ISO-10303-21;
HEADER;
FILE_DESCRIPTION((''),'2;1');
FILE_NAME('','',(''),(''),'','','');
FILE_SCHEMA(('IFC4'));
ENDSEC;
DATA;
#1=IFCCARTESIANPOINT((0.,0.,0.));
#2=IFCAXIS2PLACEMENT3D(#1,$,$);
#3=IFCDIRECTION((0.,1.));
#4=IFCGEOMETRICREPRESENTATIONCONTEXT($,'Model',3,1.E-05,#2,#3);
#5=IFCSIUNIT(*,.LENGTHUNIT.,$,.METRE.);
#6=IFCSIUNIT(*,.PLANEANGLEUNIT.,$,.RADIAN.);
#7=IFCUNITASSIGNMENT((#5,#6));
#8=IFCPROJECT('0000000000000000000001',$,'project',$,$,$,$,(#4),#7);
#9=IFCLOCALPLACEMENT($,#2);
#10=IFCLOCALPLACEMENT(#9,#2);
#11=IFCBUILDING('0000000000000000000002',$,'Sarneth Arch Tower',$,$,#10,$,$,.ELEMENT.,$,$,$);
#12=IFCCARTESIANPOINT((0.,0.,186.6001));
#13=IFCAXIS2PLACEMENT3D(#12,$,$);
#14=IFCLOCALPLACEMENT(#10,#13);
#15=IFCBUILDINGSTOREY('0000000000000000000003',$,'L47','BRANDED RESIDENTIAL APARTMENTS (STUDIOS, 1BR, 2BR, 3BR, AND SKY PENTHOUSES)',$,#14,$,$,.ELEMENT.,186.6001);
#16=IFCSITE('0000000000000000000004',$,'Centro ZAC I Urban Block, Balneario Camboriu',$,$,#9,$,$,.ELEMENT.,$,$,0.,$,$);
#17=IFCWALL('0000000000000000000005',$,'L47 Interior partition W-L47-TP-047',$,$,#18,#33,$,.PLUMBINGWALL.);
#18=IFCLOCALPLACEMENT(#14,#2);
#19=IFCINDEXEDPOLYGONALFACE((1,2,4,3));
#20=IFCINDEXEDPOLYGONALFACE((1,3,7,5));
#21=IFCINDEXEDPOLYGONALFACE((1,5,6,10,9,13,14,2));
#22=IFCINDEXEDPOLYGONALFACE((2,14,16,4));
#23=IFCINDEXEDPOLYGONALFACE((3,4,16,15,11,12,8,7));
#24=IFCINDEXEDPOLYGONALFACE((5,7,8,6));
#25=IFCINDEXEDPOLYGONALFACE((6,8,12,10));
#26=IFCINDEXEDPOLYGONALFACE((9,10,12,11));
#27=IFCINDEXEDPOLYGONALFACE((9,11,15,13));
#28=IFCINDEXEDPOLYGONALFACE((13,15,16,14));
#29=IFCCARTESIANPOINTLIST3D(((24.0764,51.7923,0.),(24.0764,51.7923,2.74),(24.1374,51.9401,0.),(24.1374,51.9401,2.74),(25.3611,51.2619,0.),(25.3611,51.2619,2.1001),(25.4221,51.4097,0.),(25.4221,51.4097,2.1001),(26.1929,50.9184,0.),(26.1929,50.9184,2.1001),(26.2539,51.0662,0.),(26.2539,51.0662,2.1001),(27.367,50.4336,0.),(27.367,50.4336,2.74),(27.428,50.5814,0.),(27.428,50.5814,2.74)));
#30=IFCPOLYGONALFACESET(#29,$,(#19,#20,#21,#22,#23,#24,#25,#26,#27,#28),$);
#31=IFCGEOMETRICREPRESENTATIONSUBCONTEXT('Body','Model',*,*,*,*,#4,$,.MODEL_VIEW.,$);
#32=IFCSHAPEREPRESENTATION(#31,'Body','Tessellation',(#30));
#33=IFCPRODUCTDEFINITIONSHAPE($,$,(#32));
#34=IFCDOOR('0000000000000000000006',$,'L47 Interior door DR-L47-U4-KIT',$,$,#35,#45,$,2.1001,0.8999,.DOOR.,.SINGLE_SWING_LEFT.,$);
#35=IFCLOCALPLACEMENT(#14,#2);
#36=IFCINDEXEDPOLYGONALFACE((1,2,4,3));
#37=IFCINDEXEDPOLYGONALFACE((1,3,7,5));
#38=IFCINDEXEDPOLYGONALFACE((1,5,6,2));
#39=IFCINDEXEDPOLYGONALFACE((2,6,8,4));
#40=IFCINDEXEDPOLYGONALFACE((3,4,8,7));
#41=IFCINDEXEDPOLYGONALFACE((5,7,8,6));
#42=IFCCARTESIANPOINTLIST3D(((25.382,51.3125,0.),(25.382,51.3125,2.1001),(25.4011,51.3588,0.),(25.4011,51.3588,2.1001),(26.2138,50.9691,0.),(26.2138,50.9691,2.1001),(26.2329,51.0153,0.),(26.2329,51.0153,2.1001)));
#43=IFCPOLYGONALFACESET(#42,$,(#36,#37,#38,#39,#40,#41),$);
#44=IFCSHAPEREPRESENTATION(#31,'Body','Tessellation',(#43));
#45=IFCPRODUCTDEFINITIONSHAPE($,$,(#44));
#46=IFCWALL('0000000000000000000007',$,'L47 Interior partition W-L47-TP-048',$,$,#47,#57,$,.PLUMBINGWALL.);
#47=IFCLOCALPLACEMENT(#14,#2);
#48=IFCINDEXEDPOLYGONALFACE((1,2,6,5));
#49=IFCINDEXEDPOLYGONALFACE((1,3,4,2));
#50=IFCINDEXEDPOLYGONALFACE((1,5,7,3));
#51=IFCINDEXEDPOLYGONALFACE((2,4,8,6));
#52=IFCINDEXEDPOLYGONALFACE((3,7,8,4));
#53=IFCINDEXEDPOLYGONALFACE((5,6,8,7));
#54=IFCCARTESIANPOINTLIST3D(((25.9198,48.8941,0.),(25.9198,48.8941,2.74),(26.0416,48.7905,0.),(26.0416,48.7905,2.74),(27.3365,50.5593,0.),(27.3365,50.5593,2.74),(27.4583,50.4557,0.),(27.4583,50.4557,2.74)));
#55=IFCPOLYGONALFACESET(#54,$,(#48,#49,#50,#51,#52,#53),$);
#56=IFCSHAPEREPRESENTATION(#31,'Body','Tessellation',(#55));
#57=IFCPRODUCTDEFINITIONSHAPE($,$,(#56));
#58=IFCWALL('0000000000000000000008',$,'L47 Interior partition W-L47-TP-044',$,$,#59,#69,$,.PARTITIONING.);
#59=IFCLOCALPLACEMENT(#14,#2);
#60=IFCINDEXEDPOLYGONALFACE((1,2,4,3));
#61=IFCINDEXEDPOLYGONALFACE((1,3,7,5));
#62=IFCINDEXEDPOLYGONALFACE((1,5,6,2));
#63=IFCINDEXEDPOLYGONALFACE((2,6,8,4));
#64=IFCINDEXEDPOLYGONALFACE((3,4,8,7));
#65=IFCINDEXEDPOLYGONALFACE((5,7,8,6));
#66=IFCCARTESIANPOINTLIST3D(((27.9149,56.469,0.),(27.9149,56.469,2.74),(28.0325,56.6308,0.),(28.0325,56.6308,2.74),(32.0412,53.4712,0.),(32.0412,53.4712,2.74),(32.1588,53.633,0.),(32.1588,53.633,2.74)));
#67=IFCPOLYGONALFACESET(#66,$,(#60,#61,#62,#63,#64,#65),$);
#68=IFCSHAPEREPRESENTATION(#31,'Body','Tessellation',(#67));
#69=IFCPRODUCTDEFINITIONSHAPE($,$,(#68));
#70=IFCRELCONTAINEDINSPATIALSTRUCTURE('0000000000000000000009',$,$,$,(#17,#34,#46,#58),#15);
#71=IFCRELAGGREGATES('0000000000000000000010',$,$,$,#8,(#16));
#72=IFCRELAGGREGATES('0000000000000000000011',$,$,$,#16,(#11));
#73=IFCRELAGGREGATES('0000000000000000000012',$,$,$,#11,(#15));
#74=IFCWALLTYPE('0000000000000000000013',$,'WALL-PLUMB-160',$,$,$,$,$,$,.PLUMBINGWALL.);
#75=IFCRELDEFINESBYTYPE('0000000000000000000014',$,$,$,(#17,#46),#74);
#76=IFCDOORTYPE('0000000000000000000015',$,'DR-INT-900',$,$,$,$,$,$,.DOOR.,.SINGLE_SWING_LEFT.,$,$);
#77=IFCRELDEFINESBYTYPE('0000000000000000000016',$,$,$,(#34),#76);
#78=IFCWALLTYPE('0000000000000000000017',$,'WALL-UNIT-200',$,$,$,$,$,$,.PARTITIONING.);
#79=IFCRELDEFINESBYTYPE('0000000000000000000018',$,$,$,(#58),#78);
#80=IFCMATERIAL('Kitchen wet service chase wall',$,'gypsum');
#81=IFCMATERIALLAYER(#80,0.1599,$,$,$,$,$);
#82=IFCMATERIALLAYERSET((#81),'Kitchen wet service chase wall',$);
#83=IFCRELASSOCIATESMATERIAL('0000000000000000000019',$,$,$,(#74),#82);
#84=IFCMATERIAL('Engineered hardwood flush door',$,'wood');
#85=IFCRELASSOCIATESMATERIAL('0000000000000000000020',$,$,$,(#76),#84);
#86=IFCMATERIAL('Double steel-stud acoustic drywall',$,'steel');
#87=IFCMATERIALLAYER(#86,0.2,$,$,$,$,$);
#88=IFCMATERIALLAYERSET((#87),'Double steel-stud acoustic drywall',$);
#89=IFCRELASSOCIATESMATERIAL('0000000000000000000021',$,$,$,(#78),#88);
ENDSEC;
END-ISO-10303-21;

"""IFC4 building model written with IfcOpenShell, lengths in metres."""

from ifc_helpers import new_model, si_unit, direction, frame, frame_2d, origin, place, context, subcontext, project, spatial, rectangle, extrude, material, layer, layer_set, type_object, element, fill, save


model = new_model("IFC4")

# Units and contexts
model_context = context("Model", 3, precision=1e-05, world=origin(), true_north=direction((0.0, 1.0)))
body_context = subcontext(model_context, "Body", "Model", "MODEL_VIEW")
ifc_project = project(units=[si_unit("LENGTHUNIT", "METRE"), si_unit("PLANEANGLEUNIT", "RADIAN")], contexts=[model_context])

# Site, building, storey
site_placement = place(None, origin())
site = spatial("IfcSite", under=ifc_project, at=site_placement, Name="Centro ZAC I Urban Block, Balneario Camboriu", CompositionType="ELEMENT", RefElevation=0.0)
building_placement = place(site_placement, origin())
building = spatial("IfcBuilding", under=site, at=building_placement, Name="Sarneth Arch Tower", CompositionType="ELEMENT")
storey_placement = place(building_placement, frame((0.0, 0.0, 186.6001)))
storey = spatial("IfcBuildingStorey", under=building, at=storey_placement, Name="L47", Description="BRANDED RESIDENTIAL APARTMENTS (STUDIOS, 1BR, 2BR, 3BR, AND SKY PENTHOUSES)", CompositionType="ELEMENT", Elevation=186.6001)

# Wall, opening, door
ifc_material_1 = material(Name="Kitchen wet service chase wall", Category="gypsum")
ifc_layer_1 = layer(ifc_material_1, 0.1599)
ifc_layer_set_1 = layer_set([ifc_layer_1], Name="Kitchen wet service chase wall")
wall_type_1 = type_object("IfcWallType", Name="WALL-PLUMB-160", PredefinedType="PLUMBINGWALL", material=ifc_layer_set_1)
wall_1_placement = place(storey_placement, frame((24.1069, 51.8662, 0.0), z_axis=(0.0, 0.0, 1.0), x_axis=(0.92431, -0.381643, 0.0)))
wall_1 = element("IfcWall", 1, at=wall_1_placement, inside=storey, type_object=wall_type_1, Name="L47 Interior partition W-L47-TP-047", PredefinedType="PLUMBINGWALL", context=body_context, shape_type="SweptSolid", body=[
    extrude(rectangle(XDim=3.5601, YDim=0.1599, at=frame_2d((1.78, 0.0))), origin(), (0.0, 0.0, 1.0), 2.74),
])
opening_1_placement = place(wall_1_placement, frame((1.3899, 0.0, 0.0)))
opening_1 = element("IfcOpeningElement", 2, at=opening_1_placement, cuts=wall_1, PredefinedType="OPENING", context=body_context, shape_type="SweptSolid", body=[
    extrude(rectangle(XDim=0.8999, YDim=2.1001, at=frame_2d((0.45, 1.05))), frame((0.0, 0.0898, 0.0), z_axis=(0.0, -1.0, 0.0), x_axis=(1.0, 0.0, 0.0)), (0.0, 0.0, 1.0), 0.1799),
])
ifc_material_2 = material(Name="Engineered hardwood flush door", Category="wood")
door_type_1 = type_object("IfcDoorType", Name="DR-INT-900", OperationType="SINGLE_SWING_LEFT", PredefinedType="DOOR", material=ifc_material_2)
door_1_placement = place(opening_1_placement, origin())
door_1 = element("IfcDoor", 3, at=door_1_placement, inside=storey, type_object=door_type_1, Name="L47 Interior door DR-L47-U4-KIT", OperationType="SINGLE_SWING_LEFT", OverallHeight=2.1001, OverallWidth=0.8999, PredefinedType="DOOR", context=body_context, shape_type="SweptSolid", body=[
    extrude(rectangle(XDim=0.8999, YDim=2.1001, at=frame_2d((0.45, 1.05))), frame((0.0, 0.0249, 0.0), z_axis=(0.0, -1.0, 0.0), x_axis=(1.0, 0.0, 0.0)), (0.0, 0.0, 1.0), 0.05),
])
fill(opening_1, door_1)

# Walls
wall_2_placement = place(storey_placement, frame((27.3975, 50.5076, 0.0), z_axis=(0.0, 0.0, 1.0), x_axis=(-0.647982, -0.761655, 0.0)))
element("IfcWall", 4, at=wall_2_placement, inside=storey, type_object=wall_type_1, Name="L47 Interior partition W-L47-TP-048", PredefinedType="PLUMBINGWALL", context=body_context, shape_type="SweptSolid", body=[
    extrude(rectangle(XDim=2.1863, YDim=0.1599, at=frame_2d((1.0933, 0.0))), origin(), (0.0, 0.0, 1.0), 2.74),
])
ifc_material_3 = material(Name="Double steel-stud acoustic drywall", Category="steel")
ifc_layer_2 = layer(ifc_material_3, 0.2)
ifc_layer_set_2 = layer_set([ifc_layer_2], Name="Double steel-stud acoustic drywall")
wall_type_2 = type_object("IfcWallType", Name="WALL-UNIT-200", PredefinedType="PARTITIONING", material=ifc_layer_set_2)
wall_3_placement = place(storey_placement, frame((32.1001, 53.552, 0.0), z_axis=(0.0, 0.0, 1.0), x_axis=(-0.809024, 0.587776, 0.0)))
element("IfcWall", 5, at=wall_3_placement, inside=storey, type_object=wall_type_2, Name="L47 Interior partition W-L47-TP-044", PredefinedType="PARTITIONING", context=body_context, shape_type="SweptSolid", body=[
    extrude(rectangle(XDim=5.1003, YDim=0.2, at=frame_2d((2.5503, 0.0))), origin(), (0.0, 0.0, 1.0), 2.74),
])

save(model, "model.ifc")
